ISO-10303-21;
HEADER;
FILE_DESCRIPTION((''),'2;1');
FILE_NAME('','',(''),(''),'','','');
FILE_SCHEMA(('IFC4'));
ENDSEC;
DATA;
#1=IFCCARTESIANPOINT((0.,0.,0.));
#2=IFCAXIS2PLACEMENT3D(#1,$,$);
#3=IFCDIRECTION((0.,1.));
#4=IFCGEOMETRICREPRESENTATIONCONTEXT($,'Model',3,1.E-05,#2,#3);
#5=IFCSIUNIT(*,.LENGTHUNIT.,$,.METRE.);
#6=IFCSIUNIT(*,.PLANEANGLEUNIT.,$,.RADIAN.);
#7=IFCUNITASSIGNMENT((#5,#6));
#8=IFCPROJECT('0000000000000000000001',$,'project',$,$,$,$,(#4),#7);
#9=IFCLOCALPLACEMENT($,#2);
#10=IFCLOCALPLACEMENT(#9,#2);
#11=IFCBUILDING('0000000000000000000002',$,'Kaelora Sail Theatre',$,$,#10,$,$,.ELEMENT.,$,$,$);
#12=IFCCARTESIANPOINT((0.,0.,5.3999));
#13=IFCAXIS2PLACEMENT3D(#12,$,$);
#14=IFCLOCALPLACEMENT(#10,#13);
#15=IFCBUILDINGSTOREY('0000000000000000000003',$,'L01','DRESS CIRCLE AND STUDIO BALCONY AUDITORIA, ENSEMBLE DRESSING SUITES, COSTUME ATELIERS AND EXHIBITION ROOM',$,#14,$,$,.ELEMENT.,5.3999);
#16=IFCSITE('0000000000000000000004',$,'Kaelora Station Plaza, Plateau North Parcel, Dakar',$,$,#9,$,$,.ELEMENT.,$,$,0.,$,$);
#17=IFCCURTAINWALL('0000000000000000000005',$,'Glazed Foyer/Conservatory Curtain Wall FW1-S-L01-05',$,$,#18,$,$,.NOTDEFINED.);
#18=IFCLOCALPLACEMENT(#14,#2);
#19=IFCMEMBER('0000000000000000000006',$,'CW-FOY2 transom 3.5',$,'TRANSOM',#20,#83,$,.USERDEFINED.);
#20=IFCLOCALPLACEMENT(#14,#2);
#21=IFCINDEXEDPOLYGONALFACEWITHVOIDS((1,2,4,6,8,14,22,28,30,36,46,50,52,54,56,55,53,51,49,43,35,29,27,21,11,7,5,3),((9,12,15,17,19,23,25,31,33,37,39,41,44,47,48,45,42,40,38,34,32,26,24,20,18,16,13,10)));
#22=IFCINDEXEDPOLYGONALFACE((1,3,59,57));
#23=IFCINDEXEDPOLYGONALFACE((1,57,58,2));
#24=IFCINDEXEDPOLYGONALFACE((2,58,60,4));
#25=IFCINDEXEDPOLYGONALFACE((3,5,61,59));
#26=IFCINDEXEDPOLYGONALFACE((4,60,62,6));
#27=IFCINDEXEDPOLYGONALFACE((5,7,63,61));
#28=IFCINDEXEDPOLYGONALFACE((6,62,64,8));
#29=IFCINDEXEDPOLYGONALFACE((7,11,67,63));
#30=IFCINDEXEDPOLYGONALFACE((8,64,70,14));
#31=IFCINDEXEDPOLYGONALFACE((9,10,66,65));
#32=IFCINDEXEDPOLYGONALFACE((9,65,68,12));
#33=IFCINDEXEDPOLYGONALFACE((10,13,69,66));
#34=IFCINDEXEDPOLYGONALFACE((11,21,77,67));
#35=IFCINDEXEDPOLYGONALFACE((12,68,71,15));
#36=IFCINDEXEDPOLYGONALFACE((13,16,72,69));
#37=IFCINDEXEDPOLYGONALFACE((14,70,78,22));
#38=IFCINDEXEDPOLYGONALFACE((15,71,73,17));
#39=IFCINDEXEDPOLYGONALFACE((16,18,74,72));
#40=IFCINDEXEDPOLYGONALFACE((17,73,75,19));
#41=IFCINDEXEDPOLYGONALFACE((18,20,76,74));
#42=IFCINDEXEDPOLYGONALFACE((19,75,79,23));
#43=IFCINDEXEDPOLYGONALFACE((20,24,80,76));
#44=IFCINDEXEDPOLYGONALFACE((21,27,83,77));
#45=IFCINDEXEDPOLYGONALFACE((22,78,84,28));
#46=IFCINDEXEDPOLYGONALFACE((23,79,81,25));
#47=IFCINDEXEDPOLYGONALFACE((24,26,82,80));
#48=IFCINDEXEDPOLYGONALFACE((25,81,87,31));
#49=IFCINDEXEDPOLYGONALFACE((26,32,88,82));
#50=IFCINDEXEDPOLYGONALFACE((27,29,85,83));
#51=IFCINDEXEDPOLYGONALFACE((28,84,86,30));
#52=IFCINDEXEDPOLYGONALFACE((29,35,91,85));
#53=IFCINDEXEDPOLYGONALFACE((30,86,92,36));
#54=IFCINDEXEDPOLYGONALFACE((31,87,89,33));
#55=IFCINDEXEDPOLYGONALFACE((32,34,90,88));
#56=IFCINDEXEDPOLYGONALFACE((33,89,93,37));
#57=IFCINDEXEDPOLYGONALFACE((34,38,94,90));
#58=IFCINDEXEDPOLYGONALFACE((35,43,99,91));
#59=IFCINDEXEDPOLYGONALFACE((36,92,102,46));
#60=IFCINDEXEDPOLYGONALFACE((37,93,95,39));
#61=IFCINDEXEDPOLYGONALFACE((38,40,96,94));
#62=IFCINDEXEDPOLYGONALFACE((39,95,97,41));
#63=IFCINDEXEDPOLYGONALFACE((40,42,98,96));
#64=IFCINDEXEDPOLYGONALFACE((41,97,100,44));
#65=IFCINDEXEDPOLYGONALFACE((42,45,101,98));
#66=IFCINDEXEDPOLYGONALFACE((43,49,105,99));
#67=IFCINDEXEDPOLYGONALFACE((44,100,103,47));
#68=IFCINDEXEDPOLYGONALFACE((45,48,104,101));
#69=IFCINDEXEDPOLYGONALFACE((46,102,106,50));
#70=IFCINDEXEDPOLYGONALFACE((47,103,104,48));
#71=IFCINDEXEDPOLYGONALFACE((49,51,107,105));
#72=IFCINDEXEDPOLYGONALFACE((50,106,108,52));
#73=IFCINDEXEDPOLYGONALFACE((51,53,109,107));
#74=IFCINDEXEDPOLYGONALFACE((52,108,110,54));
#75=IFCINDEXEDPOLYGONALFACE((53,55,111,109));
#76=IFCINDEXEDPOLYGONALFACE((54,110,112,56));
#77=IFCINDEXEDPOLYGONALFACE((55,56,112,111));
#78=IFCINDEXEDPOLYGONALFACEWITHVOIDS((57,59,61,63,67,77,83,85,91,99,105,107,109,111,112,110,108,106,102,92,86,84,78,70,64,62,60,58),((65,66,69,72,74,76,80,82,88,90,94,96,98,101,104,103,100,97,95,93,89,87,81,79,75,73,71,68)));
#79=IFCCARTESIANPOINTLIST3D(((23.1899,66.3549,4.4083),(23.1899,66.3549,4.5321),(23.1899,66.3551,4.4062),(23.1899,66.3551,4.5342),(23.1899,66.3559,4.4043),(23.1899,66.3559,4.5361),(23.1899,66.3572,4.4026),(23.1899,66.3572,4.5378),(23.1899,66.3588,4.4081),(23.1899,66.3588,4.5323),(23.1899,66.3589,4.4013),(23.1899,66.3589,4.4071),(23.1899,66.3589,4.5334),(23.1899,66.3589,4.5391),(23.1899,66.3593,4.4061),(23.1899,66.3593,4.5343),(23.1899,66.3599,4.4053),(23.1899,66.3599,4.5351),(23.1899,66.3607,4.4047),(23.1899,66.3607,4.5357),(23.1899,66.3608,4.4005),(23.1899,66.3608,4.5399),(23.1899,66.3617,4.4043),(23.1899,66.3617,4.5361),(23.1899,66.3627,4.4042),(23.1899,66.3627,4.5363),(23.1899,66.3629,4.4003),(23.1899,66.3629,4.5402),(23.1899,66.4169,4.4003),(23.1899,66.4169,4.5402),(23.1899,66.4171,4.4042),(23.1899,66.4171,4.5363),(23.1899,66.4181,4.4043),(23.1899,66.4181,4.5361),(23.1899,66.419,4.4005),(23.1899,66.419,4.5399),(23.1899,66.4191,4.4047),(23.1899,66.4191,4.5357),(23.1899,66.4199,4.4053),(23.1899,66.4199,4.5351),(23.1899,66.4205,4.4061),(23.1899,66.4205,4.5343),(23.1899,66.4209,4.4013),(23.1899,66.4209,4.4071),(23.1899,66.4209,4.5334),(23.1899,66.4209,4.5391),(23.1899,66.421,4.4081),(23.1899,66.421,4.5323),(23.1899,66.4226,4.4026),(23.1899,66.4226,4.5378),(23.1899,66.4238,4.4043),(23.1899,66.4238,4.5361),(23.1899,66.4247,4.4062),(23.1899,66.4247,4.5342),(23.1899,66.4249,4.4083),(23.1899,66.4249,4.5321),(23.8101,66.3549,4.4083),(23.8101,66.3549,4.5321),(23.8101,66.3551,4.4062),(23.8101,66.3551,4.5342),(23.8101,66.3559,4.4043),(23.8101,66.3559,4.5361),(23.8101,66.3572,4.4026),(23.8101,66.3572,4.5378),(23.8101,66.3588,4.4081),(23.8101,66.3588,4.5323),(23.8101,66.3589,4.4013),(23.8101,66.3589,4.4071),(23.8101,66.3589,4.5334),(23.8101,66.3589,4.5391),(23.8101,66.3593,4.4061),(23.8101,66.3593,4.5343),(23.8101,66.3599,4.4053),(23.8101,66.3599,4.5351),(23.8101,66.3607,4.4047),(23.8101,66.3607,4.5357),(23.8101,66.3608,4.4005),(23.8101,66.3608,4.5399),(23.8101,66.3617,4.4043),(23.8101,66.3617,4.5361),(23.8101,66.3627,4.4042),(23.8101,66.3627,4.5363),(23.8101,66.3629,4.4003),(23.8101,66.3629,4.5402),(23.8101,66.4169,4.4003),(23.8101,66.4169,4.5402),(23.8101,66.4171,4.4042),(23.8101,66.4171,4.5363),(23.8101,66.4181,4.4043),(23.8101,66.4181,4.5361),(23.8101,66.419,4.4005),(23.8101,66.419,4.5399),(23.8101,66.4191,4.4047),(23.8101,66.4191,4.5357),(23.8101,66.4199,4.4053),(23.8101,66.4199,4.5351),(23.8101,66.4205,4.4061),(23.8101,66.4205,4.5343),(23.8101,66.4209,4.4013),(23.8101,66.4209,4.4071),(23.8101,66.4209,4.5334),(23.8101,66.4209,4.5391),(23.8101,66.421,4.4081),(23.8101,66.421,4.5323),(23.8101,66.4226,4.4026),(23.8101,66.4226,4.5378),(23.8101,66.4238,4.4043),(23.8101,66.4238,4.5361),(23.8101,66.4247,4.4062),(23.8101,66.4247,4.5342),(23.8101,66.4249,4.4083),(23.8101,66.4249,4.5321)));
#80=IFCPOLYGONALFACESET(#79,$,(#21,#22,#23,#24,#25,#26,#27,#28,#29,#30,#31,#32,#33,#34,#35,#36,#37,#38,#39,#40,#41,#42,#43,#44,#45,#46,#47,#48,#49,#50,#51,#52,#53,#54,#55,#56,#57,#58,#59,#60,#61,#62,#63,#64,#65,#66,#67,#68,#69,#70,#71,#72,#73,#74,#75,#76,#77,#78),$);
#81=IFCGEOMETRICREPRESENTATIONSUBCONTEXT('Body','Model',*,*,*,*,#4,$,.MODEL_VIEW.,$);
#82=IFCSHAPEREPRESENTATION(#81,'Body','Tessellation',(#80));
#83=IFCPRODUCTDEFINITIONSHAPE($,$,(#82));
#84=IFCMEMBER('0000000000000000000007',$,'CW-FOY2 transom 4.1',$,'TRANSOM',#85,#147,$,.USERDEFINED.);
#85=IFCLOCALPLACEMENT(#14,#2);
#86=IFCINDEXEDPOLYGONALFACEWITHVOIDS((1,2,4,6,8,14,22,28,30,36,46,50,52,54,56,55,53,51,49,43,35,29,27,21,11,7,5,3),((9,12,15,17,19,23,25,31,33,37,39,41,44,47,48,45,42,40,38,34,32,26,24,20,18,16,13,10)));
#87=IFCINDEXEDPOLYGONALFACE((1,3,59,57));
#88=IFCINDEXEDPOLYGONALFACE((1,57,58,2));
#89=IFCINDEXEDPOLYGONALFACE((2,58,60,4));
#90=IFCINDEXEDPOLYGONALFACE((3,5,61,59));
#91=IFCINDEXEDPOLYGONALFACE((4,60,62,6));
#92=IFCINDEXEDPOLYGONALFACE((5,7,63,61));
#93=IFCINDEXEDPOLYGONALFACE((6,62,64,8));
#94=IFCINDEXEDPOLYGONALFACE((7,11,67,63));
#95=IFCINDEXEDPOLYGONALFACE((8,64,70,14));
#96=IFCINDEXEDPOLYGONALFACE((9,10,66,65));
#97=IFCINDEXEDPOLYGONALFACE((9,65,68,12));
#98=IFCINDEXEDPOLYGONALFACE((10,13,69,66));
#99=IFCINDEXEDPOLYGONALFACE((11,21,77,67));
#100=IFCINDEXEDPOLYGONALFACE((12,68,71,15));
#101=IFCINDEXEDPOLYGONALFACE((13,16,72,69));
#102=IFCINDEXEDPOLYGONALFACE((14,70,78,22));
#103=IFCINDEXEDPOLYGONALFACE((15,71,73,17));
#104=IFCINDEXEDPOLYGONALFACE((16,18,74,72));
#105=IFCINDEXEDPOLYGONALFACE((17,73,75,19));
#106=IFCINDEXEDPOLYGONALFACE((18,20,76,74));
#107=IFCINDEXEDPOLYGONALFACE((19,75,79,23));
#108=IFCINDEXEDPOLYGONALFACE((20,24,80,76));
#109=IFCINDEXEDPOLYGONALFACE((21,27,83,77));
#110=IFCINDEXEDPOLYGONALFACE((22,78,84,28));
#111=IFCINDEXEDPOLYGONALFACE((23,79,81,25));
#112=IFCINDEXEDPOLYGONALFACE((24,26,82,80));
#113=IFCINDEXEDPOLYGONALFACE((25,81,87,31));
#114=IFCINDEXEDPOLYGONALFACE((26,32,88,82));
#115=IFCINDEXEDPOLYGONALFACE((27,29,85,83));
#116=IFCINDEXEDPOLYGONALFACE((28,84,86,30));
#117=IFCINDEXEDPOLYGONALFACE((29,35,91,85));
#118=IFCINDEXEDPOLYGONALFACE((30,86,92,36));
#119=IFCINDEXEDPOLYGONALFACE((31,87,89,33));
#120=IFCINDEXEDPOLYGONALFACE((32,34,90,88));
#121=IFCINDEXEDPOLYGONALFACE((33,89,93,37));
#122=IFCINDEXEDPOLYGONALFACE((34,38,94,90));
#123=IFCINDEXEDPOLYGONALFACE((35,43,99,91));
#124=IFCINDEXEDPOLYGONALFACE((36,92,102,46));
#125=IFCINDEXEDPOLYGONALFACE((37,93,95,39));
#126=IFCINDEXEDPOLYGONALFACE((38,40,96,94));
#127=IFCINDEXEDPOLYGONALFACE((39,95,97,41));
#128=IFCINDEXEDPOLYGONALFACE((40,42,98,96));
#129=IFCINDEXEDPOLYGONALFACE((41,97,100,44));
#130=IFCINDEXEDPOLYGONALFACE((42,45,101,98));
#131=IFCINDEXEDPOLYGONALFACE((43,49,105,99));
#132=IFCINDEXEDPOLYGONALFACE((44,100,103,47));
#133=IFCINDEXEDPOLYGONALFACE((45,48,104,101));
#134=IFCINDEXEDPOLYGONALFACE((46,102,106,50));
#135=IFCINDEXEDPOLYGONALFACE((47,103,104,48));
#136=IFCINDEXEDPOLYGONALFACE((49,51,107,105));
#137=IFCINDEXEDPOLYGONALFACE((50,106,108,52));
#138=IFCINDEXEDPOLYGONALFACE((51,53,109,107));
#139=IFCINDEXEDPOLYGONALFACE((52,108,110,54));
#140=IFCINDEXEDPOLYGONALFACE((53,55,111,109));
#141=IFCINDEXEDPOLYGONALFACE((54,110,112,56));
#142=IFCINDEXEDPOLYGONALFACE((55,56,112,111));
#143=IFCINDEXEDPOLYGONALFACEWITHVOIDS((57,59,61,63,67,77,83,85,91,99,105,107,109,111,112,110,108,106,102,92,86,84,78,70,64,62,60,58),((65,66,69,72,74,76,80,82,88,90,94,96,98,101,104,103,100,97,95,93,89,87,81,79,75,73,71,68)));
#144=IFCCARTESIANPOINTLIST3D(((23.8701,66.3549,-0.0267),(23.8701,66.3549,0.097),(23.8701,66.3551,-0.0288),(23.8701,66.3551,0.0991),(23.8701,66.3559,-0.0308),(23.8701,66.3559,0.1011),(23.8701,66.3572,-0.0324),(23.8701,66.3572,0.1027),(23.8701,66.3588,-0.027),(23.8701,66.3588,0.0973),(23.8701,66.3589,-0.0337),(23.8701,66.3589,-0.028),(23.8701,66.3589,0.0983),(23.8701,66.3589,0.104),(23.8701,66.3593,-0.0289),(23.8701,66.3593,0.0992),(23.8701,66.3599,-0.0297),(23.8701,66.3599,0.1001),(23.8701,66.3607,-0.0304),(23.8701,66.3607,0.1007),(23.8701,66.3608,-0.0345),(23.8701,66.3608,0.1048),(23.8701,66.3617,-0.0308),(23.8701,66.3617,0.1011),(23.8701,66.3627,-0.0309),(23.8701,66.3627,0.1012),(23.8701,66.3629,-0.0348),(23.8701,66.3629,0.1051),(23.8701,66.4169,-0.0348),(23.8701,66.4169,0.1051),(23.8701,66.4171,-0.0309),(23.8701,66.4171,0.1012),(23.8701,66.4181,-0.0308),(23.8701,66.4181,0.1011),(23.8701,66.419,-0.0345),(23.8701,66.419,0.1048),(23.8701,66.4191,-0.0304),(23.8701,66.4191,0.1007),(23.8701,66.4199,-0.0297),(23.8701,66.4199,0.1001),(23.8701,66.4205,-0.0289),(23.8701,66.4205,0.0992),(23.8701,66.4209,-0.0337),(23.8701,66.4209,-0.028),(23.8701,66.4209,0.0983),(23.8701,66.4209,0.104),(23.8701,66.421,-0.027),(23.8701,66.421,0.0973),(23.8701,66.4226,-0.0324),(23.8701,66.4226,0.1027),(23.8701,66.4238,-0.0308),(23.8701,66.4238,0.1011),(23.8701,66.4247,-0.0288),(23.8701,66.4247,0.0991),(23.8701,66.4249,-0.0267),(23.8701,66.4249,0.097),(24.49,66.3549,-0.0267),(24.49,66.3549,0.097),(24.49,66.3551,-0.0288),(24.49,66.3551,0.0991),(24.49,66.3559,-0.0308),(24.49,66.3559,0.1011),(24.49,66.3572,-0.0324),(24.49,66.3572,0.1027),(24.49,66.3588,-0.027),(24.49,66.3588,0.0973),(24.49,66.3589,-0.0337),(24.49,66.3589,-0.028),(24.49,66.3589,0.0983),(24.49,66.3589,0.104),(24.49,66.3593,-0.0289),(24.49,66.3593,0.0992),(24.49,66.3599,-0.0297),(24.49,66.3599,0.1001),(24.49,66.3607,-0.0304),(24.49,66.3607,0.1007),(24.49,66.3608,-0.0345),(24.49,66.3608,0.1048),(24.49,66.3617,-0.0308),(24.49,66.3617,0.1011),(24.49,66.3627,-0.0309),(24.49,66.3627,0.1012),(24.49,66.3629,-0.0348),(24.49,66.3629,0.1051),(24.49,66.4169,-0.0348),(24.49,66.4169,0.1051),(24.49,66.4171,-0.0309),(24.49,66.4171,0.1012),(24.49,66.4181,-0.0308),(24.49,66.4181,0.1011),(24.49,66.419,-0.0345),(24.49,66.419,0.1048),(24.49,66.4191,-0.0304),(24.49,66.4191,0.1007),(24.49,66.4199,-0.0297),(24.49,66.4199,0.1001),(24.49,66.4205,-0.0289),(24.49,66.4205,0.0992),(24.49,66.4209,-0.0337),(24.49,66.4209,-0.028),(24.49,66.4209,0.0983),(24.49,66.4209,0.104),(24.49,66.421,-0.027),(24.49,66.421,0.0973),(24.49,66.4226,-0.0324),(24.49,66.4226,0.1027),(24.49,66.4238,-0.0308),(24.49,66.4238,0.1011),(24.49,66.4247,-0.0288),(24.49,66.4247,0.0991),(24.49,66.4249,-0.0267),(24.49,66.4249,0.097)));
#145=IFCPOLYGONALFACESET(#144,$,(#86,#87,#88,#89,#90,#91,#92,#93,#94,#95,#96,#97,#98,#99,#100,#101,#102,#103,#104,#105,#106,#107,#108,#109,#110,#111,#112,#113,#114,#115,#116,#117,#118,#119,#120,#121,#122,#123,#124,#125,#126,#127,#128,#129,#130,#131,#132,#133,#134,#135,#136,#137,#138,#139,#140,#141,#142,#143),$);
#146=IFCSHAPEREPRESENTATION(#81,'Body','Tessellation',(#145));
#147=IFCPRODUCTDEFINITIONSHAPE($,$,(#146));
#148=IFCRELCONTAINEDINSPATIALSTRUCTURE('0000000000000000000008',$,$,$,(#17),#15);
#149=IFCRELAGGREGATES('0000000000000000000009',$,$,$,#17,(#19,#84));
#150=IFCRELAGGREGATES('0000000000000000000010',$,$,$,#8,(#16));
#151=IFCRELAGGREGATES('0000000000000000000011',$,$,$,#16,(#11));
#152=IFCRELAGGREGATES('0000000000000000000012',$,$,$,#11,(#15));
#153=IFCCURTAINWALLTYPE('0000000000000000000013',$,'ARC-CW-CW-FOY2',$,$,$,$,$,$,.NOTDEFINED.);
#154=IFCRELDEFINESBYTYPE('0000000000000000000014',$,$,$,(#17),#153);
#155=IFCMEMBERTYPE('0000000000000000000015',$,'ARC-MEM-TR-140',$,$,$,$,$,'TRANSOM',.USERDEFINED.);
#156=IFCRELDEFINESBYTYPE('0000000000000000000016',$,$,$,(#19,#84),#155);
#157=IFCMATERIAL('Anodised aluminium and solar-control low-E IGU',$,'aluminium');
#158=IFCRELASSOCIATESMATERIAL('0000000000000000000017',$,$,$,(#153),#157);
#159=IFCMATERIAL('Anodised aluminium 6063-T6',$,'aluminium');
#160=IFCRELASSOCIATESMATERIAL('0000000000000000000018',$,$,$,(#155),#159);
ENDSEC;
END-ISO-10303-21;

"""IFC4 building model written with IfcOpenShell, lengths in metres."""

from ifc_helpers import new_model, si_unit, direction, frame, origin, origin_2d, place, context, subcontext, project, spatial, hollow_rectangle, extrude, material, material_profile, profile_set, type_object, element, aggregate, save


model = new_model("IFC4")

# Units and contexts
model_context = context("Model", 3, precision=1e-05, world=origin(), true_north=direction((0.0, 1.0)))
body_context = subcontext(model_context, "Body", "Model", "MODEL_VIEW")
ifc_project = project(units=[si_unit("LENGTHUNIT", "METRE"), si_unit("PLANEANGLEUNIT", "RADIAN")], contexts=[model_context])

# Site, building, storey
site_placement = place(None, origin())
site = spatial("IfcSite", under=ifc_project, at=site_placement, Name="Kaelora Station Plaza, Plateau North Parcel, Dakar", CompositionType="ELEMENT", RefElevation=0.0)
building_placement = place(site_placement, origin())
building = spatial("IfcBuilding", under=site, at=building_placement, Name="Kaelora Sail Theatre", CompositionType="ELEMENT")
storey_placement = place(building_placement, frame((0.0, 0.0, 5.3999)))
storey = spatial("IfcBuildingStorey", under=building, at=storey_placement, Name="L01", Description="DRESS CIRCLE AND STUDIO BALCONY AUDITORIA, ENSEMBLE DRESSING SUITES, COSTUME ATELIERS AND EXHIBITION ROOM", CompositionType="ELEMENT", Elevation=5.3999)

# Curtain wall, members
ifc_material_1 = material(Name="Anodised aluminium and solar-control low-E IGU", Category="aluminium")
curtain_wall_type = type_object("IfcCurtainWallType", Name="ARC-CW-CW-FOY2", PredefinedType="NOTDEFINED", material=ifc_material_1)
curtain_wall_placement = place(storey_placement, origin())
curtain_wall = element("IfcCurtainWall", 1, at=curtain_wall_placement, inside=storey, type_object=curtain_wall_type, Name="Glazed Foyer/Conservatory Curtain Wall FW1-S-L01-05", PredefinedType="NOTDEFINED")
ifc_material_2 = material(Name="Anodised aluminium 6063-T6", Category="aluminium")
ifc_material_profile_1 = material_profile(ifc_material_2, hollow_rectangle(XDim=0.0701, YDim=0.1399, WallThickness=0.0039, InnerFilletRadius=0.0039, OuterFilletRadius=0.0081, at=origin_2d()), Name="ALU-TRAN 70x140x4")
ifc_profile_set_1 = profile_set([ifc_material_profile_1], Name="Anodised aluminium 6063-T6")
member_type_1 = type_object("IfcMemberType", Name="ARC-MEM-TR-140", ElementType="TRANSOM", PredefinedType="USERDEFINED", material=ifc_profile_set_1)
member_1_placement = place(storey_placement, frame((23.1899, 66.3899, 4.4702), z_axis=(1.0, 0.0, 0.0), x_axis=(0.0, 1.0, 0.0)))
member_1 = element("IfcMember", 2, at=member_1_placement, type_object=member_type_1, Name="CW-FOY2 transom 3.5", ObjectType="TRANSOM", PredefinedType="USERDEFINED", context=body_context, shape_type="SweptSolid", body=[
    extrude(hollow_rectangle(XDim=0.0701, YDim=0.1399, WallThickness=0.0039, InnerFilletRadius=0.0039, OuterFilletRadius=0.0081, at=origin_2d()), origin(), (0.0, 0.0, 1.0), 0.6201),
])
member_2_placement = place(storey_placement, frame((23.8701, 66.3899, 0.0352), z_axis=(1.0, 0.0, 0.0), x_axis=(0.0, 1.0, 0.0)))
member_2 = element("IfcMember", 3, at=member_2_placement, type_object=member_type_1, Name="CW-FOY2 transom 4.1", ObjectType="TRANSOM", PredefinedType="USERDEFINED", context=body_context, shape_type="SweptSolid", body=[
    extrude(hollow_rectangle(XDim=0.0701, YDim=0.1399, WallThickness=0.0039, InnerFilletRadius=0.0039, OuterFilletRadius=0.0081, at=origin_2d()), origin(), (0.0, 0.0, 1.0), 0.6199),
])
aggregate(curtain_wall, [member_1, member_2])

save(model, "model.ifc")
